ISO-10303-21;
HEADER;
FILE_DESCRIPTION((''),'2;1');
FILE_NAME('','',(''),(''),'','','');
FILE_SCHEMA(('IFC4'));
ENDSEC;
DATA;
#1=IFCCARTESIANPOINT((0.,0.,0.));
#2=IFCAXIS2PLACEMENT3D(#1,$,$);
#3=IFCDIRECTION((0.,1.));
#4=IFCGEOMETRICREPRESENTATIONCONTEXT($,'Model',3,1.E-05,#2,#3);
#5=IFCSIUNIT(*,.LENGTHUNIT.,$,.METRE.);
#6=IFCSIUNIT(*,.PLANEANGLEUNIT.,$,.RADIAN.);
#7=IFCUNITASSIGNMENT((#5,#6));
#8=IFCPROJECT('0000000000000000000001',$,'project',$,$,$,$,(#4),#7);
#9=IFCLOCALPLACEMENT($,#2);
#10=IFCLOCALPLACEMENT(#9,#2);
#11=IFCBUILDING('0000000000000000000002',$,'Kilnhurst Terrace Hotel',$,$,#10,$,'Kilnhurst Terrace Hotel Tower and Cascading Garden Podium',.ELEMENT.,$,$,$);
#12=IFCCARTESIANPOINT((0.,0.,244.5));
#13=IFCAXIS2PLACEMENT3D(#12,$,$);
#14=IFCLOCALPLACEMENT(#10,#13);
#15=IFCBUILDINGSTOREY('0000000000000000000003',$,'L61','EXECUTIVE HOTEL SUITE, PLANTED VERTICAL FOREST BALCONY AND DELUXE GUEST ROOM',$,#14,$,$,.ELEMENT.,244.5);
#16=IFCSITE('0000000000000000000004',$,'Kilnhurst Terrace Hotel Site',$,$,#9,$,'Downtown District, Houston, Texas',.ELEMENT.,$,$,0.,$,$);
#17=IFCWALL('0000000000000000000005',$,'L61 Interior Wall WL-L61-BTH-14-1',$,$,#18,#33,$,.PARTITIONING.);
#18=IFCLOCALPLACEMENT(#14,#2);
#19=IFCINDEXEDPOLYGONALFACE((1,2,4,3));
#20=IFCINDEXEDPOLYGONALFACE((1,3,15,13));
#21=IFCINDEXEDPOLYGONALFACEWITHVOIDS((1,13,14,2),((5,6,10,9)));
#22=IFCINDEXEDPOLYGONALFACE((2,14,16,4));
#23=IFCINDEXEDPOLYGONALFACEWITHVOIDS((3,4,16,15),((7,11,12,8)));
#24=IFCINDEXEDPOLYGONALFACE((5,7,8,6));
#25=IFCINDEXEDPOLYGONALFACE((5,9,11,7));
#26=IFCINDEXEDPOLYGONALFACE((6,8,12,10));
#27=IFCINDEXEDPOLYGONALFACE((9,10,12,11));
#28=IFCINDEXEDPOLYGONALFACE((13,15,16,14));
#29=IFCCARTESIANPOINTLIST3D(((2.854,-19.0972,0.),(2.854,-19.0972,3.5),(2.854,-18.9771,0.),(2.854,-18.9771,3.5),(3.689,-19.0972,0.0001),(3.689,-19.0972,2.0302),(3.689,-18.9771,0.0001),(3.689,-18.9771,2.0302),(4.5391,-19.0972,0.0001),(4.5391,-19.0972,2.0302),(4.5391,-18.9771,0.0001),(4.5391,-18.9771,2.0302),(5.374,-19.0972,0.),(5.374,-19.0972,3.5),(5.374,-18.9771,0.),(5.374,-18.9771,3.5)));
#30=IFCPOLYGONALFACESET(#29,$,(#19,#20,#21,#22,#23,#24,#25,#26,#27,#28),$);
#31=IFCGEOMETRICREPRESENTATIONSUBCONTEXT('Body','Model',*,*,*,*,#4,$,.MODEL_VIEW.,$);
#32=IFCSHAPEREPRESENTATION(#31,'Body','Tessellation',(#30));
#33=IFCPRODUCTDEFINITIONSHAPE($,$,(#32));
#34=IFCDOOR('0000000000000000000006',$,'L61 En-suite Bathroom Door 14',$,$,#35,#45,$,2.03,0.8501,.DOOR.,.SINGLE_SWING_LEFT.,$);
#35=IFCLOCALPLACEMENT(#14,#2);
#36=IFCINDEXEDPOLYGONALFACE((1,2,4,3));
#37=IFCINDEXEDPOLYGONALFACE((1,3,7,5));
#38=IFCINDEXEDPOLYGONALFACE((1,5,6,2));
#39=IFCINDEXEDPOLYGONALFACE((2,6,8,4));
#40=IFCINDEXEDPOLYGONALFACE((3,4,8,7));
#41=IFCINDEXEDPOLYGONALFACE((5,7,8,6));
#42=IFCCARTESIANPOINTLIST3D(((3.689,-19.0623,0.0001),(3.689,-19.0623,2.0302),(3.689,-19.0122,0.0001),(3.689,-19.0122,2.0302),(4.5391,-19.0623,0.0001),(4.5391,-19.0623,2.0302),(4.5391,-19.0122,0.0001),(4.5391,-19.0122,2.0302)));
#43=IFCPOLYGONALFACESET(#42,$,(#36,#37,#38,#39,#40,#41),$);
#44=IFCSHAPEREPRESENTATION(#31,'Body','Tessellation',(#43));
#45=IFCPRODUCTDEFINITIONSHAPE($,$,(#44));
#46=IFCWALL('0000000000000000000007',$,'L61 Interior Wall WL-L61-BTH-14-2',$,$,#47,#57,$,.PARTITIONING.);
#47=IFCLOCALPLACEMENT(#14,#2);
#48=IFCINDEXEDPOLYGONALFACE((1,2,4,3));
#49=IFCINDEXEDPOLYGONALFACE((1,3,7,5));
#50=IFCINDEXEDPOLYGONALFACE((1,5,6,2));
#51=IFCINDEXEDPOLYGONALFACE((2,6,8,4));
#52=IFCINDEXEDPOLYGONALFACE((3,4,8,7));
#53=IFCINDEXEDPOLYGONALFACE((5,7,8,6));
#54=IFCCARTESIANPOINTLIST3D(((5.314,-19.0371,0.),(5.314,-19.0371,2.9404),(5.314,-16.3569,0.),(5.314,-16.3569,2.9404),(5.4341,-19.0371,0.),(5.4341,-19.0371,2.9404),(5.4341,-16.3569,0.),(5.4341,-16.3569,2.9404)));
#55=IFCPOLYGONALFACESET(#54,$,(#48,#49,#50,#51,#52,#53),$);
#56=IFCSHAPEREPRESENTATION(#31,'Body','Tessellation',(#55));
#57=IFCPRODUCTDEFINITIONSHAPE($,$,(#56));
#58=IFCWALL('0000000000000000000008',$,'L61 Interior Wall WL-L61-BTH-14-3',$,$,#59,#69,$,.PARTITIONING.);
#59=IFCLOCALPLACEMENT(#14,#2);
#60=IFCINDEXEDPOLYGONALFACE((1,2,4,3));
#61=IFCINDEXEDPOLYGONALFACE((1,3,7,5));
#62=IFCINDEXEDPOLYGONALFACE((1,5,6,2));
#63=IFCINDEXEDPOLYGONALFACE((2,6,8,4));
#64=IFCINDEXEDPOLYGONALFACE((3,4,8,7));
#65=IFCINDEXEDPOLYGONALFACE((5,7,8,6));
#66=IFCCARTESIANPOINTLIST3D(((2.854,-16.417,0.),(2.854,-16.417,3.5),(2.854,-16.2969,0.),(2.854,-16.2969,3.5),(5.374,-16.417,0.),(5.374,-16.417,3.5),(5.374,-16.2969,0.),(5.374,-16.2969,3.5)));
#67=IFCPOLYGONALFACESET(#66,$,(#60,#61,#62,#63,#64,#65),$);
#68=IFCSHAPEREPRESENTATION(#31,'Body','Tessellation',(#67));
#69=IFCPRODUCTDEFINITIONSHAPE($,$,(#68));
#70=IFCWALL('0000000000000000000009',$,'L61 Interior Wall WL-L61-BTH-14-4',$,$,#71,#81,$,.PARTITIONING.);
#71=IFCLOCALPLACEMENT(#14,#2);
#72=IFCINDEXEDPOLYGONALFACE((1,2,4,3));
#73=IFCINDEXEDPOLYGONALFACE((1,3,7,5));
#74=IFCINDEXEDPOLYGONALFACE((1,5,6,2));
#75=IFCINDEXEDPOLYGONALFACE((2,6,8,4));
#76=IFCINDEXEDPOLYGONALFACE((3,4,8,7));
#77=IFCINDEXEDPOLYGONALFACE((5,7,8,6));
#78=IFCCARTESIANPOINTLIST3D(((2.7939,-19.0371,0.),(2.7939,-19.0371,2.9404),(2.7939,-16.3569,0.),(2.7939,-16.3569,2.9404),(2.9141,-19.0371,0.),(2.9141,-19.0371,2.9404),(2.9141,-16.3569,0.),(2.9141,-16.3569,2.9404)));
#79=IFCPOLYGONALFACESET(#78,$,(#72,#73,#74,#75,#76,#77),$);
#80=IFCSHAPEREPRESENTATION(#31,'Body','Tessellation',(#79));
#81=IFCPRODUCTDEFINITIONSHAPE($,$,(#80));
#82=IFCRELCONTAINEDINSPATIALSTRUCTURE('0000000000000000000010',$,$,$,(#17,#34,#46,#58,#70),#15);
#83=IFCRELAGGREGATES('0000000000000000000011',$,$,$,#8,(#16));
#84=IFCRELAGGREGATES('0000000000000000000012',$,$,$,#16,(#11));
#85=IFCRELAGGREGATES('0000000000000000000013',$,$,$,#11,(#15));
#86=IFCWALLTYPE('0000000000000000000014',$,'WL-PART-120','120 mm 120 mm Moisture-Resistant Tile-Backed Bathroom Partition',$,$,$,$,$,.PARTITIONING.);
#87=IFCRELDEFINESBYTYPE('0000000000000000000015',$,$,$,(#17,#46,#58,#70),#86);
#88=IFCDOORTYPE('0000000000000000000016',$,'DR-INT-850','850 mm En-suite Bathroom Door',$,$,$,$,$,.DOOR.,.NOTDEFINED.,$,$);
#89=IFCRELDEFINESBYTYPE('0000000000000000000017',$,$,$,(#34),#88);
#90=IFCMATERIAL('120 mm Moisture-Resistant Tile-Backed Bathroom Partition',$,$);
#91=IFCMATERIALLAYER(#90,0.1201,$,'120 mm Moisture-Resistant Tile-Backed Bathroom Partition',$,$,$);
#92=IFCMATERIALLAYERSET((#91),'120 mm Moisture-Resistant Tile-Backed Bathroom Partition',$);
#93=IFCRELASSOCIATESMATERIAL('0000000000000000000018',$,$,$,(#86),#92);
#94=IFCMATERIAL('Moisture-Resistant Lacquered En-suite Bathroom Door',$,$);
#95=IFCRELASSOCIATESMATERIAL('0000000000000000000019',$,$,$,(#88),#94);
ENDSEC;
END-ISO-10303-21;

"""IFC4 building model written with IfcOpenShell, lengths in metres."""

from ifc_helpers import new_model, si_unit, direction, frame, frame_2d, origin, place, context, subcontext, project, spatial, rectangle, extrude, material, layer, layer_set, type_object, element, fill, save


model = new_model("IFC4")

# Units and contexts
model_context = context("Model", 3, precision=1e-05, world=origin(), true_north=direction((0.0, 1.0)))
body_context = subcontext(model_context, "Body", "Model", "MODEL_VIEW")
ifc_project = project(units=[si_unit("LENGTHUNIT", "METRE"), si_unit("PLANEANGLEUNIT", "RADIAN")], contexts=[model_context])

# Site, building, storey
site_placement = place(None, origin())
site = spatial("IfcSite", under=ifc_project, at=site_placement, Name="Kilnhurst Terrace Hotel Site", LongName="Downtown District, Houston, Texas", CompositionType="ELEMENT", RefElevation=0.0)
building_placement = place(site_placement, origin())
building = spatial("IfcBuilding", under=site, at=building_placement, Name="Kilnhurst Terrace Hotel", LongName="Kilnhurst Terrace Hotel Tower and Cascading Garden Podium", CompositionType="ELEMENT")
storey_placement = place(building_placement, frame((0.0, 0.0, 244.5)))
storey = spatial("IfcBuildingStorey", under=building, at=storey_placement, Name="L61", Description="EXECUTIVE HOTEL SUITE, PLANTED VERTICAL FOREST BALCONY AND DELUXE GUEST ROOM", CompositionType="ELEMENT", Elevation=244.5)

# Wall, opening, door
ifc_material_1 = material(Name="120 mm Moisture-Resistant Tile-Backed Bathroom Partition")
ifc_layer_1 = layer(ifc_material_1, 0.1201, Name="120 mm Moisture-Resistant Tile-Backed Bathroom Partition")
ifc_layer_set_1 = layer_set([ifc_layer_1], Name="120 mm Moisture-Resistant Tile-Backed Bathroom Partition")
wall_type_1 = type_object("IfcWallType", Name="WL-PART-120", Description="120 mm 120 mm Moisture-Resistant Tile-Backed Bathroom Partition", PredefinedType="PARTITIONING", material=ifc_layer_set_1)
wall_1_placement = place(storey_placement, frame((2.854, -19.0371, 0.0), z_axis=(0.0, 0.0, 1.0), x_axis=(1.0, 0.0, 0.0)))
wall_1 = element("IfcWall", 1, at=wall_1_placement, inside=storey, type_object=wall_type_1, Name="L61 Interior Wall WL-L61-BTH-14-1", PredefinedType="PARTITIONING", context=body_context, shape_type="SweptSolid", body=[
    extrude(rectangle(XDim=2.52, YDim=0.1201, at=frame_2d((1.26, 0.0))), origin(), (0.0, 0.0, 1.0), 3.5),
])
opening_placement = place(wall_1_placement, frame((0.835, 0.0, 0.0)))
opening = element("IfcOpeningElement", 2, at=opening_placement, cuts=wall_1, PredefinedType="OPENING", context=body_context, shape_type="SweptSolid", body=[
    extrude(rectangle(XDim=0.8501, YDim=2.03, at=frame_2d((0.425, 1.0151))), frame((0.0, 0.0701, 0.0), z_axis=(0.0, -1.0, 0.0), x_axis=(1.0, 0.0, 0.0)), (0.0, 0.0, 1.0), 0.1401),
])
ifc_material_2 = material(Name="Moisture-Resistant Lacquered En-suite Bathroom Door")
door_type = type_object("IfcDoorType", Name="DR-INT-850", Description="850 mm En-suite Bathroom Door", OperationType="NOTDEFINED", PredefinedType="DOOR", material=ifc_material_2)
door_placement = place(opening_placement, origin())
door = element("IfcDoor", 3, at=door_placement, inside=storey, type_object=door_type, Name="L61 En-suite Bathroom Door 14", OperationType="SINGLE_SWING_LEFT", OverallHeight=2.03, OverallWidth=0.8501, PredefinedType="DOOR", context=body_context, shape_type="SweptSolid", body=[
    extrude(rectangle(XDim=0.8501, YDim=2.03, at=frame_2d((0.425, 1.0151))), frame((0.0, 0.0249, 0.0), z_axis=(0.0, -1.0, 0.0), x_axis=(1.0, 0.0, 0.0)), (0.0, 0.0, 1.0), 0.05),
])
fill(opening, door)

# Walls
wall_2_placement = place(storey_placement, frame((5.374, -19.0371, 0.0), z_axis=(0.0, 0.0, 1.0), x_axis=(0.0, 1.0, 0.0)))
element("IfcWall", 4, at=wall_2_placement, inside=storey, type_object=wall_type_1, Name="L61 Interior Wall WL-L61-BTH-14-2", PredefinedType="PARTITIONING", context=body_context, shape_type="SweptSolid", body=[
    extrude(rectangle(XDim=2.6802, YDim=0.1201, at=frame_2d((1.3401, 0.0))), origin(), (0.0, 0.0, 1.0), 2.9404),
])
wall_3_placement = place(storey_placement, frame((5.374, -16.3569, 0.0), z_axis=(0.0, 0.0, 1.0), x_axis=(-1.0, 0.0, 0.0)))
element("IfcWall", 5, at=wall_3_placement, inside=storey, type_object=wall_type_1, Name="L61 Interior Wall WL-L61-BTH-14-3", PredefinedType="PARTITIONING", context=body_context, shape_type="SweptSolid", body=[
    extrude(rectangle(XDim=2.52, YDim=0.1201, at=frame_2d((1.26, 0.0))), origin(), (0.0, 0.0, 1.0), 3.5),
])
wall_4_placement = place(storey_placement, frame((2.854, -16.3569, 0.0), z_axis=(0.0, 0.0, 1.0), x_axis=(0.0, -1.0, 0.0)))
element("IfcWall", 6, at=wall_4_placement, inside=storey, type_object=wall_type_1, Name="L61 Interior Wall WL-L61-BTH-14-4", PredefinedType="PARTITIONING", context=body_context, shape_type="SweptSolid", body=[
    extrude(rectangle(XDim=2.6802, YDim=0.1201, at=frame_2d((1.3401, 0.0))), origin(), (0.0, 0.0, 1.0), 2.9404),
])

save(model, "model.ifc")
